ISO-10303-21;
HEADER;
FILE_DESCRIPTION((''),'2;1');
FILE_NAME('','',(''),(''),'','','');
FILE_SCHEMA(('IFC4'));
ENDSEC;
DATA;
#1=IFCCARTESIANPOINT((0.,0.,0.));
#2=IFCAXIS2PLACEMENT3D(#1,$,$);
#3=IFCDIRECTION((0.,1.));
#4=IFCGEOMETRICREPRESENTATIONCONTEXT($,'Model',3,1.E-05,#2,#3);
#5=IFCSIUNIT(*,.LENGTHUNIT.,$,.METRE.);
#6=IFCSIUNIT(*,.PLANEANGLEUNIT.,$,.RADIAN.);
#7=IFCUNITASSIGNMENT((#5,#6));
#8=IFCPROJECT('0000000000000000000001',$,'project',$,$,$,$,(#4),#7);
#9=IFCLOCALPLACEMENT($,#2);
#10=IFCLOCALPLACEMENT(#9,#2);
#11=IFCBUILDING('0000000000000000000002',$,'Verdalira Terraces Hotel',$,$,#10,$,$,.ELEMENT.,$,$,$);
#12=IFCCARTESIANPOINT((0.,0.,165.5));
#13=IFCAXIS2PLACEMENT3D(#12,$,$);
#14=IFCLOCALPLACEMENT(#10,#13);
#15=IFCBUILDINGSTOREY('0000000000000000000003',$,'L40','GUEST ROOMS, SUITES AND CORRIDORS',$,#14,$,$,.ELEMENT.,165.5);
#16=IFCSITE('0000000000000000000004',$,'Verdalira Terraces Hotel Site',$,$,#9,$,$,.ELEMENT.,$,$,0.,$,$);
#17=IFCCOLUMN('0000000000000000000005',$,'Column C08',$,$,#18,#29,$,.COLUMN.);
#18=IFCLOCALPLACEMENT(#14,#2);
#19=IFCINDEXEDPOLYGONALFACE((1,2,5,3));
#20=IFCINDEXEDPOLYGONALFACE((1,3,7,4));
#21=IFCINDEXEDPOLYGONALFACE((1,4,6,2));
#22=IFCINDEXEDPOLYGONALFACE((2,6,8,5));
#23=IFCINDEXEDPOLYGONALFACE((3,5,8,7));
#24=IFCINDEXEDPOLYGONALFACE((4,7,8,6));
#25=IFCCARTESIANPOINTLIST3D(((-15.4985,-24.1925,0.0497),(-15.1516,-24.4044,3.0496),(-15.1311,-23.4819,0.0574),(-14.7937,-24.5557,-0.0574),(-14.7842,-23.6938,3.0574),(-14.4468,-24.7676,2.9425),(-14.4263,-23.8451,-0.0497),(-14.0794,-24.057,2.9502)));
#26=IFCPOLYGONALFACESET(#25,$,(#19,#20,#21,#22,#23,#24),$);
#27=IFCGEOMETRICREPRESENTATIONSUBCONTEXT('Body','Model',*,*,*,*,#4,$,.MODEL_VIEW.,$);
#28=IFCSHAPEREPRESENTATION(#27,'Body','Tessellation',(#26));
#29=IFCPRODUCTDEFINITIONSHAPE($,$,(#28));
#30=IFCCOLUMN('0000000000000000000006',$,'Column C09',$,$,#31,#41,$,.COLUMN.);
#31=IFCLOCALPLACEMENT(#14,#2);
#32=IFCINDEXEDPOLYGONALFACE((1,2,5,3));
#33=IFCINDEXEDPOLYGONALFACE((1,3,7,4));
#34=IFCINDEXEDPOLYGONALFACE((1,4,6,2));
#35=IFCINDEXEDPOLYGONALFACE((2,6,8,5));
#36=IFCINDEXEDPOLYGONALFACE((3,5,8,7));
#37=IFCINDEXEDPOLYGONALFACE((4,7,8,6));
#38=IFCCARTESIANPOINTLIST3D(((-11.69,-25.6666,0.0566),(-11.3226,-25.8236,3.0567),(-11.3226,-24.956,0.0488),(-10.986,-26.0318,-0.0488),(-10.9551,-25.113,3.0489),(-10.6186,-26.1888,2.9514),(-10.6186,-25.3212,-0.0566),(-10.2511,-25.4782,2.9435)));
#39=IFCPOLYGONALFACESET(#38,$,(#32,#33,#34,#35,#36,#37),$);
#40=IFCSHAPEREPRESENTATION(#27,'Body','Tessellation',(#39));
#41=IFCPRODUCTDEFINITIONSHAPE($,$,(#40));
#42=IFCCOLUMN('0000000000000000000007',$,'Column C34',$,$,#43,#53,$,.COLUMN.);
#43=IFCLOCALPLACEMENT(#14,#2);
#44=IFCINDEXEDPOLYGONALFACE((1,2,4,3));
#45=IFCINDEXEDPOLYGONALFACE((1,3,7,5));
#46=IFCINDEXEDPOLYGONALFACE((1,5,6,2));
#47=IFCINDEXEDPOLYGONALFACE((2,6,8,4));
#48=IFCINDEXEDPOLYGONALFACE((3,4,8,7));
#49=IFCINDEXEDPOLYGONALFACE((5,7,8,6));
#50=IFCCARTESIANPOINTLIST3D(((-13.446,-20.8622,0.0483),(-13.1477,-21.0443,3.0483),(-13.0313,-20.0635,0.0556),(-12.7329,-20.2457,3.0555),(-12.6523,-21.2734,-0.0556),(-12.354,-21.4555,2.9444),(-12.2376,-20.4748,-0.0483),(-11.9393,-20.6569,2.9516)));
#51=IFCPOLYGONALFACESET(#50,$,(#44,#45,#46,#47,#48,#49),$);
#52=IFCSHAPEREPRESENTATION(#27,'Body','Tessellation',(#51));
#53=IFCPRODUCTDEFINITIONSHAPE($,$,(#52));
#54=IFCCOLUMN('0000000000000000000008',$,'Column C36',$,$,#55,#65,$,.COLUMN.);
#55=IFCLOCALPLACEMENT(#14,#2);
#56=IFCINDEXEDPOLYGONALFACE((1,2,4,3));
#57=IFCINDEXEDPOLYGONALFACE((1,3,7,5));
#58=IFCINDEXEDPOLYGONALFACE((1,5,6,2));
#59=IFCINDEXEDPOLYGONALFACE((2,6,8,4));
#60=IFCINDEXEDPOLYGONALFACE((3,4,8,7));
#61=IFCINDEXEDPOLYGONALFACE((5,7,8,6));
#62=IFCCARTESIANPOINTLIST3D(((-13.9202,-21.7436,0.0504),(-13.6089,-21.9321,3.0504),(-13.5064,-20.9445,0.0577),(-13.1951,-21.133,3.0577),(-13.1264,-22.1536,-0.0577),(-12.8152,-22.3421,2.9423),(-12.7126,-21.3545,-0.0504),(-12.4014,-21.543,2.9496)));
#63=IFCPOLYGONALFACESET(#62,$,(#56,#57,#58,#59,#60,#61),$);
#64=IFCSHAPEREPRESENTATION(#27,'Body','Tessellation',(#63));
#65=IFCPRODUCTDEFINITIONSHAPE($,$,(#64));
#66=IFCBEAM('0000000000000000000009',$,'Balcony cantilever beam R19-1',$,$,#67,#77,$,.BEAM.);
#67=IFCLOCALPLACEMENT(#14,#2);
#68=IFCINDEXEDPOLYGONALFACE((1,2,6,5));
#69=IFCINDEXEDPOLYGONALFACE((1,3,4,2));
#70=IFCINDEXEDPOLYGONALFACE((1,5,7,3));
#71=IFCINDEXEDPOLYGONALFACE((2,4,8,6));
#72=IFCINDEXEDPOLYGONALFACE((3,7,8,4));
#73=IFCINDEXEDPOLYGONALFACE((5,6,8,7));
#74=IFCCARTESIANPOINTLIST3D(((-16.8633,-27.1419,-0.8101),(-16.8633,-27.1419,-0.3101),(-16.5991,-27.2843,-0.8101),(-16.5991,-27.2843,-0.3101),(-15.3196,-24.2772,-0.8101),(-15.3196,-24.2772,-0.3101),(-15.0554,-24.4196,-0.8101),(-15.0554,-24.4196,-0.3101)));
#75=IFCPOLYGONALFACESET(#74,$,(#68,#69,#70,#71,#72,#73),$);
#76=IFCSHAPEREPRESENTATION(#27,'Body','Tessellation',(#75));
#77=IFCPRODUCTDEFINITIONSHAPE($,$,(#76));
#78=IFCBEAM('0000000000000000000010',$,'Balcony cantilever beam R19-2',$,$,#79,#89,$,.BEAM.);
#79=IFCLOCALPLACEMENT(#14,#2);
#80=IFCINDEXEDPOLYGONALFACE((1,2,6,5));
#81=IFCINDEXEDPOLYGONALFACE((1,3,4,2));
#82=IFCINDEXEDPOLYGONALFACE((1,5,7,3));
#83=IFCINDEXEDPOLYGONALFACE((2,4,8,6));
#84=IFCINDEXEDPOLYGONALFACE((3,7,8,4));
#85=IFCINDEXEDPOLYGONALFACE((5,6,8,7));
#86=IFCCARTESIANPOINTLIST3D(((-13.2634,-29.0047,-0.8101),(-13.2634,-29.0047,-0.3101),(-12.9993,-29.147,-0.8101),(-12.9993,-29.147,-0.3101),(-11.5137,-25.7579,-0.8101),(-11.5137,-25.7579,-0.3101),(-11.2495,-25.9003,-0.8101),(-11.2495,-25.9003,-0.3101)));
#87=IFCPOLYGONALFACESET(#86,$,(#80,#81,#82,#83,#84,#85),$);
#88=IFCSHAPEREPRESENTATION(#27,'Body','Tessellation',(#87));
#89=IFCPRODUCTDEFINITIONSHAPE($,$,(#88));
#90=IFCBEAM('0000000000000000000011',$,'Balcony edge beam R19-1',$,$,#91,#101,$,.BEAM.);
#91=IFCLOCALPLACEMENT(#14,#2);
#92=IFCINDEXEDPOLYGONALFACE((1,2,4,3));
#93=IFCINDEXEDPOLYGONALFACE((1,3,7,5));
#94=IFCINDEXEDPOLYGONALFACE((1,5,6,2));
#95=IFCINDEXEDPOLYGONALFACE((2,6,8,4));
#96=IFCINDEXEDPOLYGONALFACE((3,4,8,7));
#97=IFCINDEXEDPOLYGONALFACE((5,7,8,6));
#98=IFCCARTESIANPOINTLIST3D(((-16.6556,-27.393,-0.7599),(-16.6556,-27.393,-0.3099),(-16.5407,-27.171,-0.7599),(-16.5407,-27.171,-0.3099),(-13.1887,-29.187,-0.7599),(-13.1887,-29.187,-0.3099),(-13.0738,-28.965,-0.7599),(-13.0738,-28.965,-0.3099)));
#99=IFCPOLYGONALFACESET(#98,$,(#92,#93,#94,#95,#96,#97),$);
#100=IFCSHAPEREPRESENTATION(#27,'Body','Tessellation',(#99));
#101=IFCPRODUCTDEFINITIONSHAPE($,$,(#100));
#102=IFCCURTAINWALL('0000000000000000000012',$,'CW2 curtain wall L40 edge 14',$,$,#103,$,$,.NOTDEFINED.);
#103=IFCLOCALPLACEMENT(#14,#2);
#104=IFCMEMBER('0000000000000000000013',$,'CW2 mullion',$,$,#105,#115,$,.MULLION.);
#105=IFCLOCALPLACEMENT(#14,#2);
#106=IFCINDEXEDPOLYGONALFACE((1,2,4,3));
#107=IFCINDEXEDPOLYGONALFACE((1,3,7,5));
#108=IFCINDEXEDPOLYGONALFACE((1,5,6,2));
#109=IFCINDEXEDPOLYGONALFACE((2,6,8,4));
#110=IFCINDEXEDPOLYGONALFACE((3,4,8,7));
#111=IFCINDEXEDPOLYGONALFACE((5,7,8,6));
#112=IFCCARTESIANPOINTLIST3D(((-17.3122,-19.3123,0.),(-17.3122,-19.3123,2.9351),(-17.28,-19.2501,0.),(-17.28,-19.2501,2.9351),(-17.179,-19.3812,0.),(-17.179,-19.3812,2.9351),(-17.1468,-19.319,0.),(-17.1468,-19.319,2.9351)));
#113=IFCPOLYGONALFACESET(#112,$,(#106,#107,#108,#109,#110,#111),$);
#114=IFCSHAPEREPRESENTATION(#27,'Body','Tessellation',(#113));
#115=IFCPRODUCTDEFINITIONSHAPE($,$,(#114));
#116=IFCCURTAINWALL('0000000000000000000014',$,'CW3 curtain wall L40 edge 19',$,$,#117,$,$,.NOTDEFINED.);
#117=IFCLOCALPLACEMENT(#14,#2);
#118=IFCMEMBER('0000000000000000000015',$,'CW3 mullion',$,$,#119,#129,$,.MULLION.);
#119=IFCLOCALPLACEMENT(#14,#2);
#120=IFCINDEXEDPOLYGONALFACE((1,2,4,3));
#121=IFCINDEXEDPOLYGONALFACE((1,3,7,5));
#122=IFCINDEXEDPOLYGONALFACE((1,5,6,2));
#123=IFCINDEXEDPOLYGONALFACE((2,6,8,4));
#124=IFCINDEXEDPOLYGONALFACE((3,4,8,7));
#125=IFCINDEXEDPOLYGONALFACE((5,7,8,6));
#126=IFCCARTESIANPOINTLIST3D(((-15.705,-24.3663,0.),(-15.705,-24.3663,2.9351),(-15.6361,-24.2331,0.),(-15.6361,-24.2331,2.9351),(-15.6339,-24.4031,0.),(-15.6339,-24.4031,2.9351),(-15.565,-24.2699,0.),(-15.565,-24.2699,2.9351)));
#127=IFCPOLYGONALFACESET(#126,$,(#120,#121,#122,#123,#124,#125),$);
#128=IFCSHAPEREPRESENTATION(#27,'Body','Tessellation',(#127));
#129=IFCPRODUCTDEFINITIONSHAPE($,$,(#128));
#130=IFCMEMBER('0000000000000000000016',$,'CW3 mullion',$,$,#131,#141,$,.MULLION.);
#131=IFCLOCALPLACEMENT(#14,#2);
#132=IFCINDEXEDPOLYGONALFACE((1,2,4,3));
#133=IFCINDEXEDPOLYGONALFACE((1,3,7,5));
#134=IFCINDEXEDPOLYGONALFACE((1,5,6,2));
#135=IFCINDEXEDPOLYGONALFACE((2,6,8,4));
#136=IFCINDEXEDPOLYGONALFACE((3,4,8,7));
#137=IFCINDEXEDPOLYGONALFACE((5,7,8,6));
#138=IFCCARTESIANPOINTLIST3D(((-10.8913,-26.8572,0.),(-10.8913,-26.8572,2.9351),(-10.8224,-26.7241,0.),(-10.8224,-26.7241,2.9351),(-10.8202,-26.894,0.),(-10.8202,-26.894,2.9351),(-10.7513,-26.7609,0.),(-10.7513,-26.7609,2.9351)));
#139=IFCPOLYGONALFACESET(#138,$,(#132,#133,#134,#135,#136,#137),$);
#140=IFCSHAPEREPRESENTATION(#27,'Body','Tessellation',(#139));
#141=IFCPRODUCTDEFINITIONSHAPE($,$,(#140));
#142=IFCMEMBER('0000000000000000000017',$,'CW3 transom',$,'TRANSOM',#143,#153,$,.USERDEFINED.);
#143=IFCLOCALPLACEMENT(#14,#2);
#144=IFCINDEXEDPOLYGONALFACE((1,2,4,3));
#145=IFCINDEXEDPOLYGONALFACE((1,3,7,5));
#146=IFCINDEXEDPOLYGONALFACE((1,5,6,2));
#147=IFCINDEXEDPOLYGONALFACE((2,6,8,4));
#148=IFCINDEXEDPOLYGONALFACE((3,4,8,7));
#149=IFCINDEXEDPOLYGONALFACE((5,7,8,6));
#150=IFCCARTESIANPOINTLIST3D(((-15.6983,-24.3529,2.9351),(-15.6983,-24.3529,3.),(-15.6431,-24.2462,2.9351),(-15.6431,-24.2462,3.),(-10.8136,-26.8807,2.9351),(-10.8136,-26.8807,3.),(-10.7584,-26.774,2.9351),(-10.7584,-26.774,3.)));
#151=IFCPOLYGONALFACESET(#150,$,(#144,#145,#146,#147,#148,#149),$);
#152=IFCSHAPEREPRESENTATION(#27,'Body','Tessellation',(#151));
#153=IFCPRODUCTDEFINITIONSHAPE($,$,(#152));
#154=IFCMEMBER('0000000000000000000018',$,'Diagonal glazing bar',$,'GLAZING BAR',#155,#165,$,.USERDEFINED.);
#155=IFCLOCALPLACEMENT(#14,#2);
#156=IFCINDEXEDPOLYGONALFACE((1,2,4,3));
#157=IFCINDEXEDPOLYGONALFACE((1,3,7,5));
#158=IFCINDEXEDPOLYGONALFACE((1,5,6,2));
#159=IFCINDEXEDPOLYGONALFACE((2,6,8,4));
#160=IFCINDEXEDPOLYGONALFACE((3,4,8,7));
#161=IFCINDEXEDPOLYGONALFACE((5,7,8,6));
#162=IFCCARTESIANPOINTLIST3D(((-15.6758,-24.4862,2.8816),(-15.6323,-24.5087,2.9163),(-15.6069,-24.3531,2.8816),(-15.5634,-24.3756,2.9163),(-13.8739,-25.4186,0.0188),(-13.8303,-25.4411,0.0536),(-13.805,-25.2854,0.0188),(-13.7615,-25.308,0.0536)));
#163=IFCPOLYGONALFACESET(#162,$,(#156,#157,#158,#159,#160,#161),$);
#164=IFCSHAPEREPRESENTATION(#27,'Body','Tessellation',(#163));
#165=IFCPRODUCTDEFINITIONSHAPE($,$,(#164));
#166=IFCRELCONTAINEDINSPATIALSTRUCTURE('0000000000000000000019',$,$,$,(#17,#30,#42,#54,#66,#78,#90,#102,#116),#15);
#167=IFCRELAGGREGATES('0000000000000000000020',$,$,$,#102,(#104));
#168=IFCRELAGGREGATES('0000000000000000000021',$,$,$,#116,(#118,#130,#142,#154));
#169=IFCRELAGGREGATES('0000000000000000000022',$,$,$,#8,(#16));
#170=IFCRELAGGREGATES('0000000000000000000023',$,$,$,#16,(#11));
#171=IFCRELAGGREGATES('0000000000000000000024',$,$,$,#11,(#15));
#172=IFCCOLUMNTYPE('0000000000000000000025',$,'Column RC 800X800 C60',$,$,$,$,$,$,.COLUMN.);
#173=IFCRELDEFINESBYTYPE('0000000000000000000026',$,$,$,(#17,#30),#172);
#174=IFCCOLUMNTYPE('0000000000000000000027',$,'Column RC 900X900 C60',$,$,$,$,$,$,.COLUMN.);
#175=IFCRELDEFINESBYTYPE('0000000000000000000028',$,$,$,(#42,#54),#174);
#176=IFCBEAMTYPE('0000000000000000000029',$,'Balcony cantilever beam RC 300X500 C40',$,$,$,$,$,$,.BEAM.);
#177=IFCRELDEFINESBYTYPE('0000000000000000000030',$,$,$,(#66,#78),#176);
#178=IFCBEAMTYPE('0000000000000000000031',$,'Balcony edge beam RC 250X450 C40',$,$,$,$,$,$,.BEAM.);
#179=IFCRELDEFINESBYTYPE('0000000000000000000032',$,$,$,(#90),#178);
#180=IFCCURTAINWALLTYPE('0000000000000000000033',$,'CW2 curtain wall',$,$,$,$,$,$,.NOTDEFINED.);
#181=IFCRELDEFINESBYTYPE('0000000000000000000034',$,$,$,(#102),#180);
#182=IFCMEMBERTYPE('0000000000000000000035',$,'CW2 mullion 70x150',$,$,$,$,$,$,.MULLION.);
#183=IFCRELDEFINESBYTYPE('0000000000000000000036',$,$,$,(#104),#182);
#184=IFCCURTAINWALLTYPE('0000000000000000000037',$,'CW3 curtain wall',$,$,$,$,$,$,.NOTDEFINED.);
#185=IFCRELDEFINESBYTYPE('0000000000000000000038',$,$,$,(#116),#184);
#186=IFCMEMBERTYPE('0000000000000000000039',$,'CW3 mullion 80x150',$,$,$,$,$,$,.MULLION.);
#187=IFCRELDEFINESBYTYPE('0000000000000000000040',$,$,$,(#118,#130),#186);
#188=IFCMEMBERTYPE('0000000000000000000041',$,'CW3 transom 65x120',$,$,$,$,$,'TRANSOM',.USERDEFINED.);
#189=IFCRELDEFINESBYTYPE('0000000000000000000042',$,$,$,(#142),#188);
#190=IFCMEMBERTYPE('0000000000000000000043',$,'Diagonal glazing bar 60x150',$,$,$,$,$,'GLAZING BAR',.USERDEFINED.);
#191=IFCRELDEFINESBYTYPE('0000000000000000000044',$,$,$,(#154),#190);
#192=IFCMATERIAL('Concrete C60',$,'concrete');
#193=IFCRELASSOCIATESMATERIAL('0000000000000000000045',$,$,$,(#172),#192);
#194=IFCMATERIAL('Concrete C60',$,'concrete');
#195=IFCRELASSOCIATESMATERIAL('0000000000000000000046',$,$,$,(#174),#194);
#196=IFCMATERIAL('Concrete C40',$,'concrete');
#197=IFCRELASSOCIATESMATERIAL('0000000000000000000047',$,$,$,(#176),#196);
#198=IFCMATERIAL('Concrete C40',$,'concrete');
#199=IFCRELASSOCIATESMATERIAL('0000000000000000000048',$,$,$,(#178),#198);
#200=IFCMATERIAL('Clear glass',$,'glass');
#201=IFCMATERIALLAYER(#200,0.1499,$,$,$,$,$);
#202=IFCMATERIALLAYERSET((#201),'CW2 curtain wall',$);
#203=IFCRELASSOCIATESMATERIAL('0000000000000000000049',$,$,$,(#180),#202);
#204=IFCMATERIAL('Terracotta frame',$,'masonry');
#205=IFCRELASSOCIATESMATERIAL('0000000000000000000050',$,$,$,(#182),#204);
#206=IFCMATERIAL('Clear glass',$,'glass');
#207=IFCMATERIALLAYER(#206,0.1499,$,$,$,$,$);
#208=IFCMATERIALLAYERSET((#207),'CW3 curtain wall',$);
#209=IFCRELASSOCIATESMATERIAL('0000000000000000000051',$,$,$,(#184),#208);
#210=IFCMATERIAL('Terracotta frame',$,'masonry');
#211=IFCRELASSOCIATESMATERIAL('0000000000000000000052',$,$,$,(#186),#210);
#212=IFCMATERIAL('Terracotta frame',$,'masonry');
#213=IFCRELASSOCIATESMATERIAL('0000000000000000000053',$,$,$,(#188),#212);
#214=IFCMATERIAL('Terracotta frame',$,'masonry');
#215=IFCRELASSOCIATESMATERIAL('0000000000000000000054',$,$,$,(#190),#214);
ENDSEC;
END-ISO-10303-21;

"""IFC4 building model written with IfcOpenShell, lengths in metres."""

from ifc_helpers import new_model, si_unit, direction, frame, origin, origin_2d, place, context, subcontext, project, spatial, rectangle, extrude, material, layer, layer_set, material_profile, profile_set, type_object, element, aggregate, save


model = new_model("IFC4")

# Units and contexts
model_context = context("Model", 3, precision=1e-05, world=origin(), true_north=direction((0.0, 1.0)))
body_context = subcontext(model_context, "Body", "Model", "MODEL_VIEW")
ifc_project = project(units=[si_unit("LENGTHUNIT", "METRE"), si_unit("PLANEANGLEUNIT", "RADIAN")], contexts=[model_context])

# Site, building, storey
site_placement = place(None, origin())
site = spatial("IfcSite", under=ifc_project, at=site_placement, Name="Verdalira Terraces Hotel Site", CompositionType="ELEMENT", RefElevation=0.0)
building_placement = place(site_placement, origin())
building = spatial("IfcBuilding", under=site, at=building_placement, Name="Verdalira Terraces Hotel", CompositionType="ELEMENT")
storey_placement = place(building_placement, frame((0.0, 0.0, 165.5)))
storey = spatial("IfcBuildingStorey", under=building, at=storey_placement, Name="L40", Description="GUEST ROOMS, SUITES AND CORRIDORS", CompositionType="ELEMENT", Elevation=165.5)

# Columns
ifc_material_1 = material(Name="Concrete C60", Category="concrete")
ifc_material_profile_1 = material_profile(ifc_material_1, rectangle(XDim=0.8, YDim=0.8, at=origin_2d()), Name="RC 800X800")
ifc_profile_set_1 = profile_set([ifc_material_profile_1], Name="Concrete C60")
column_type_1 = type_object("IfcColumnType", Name="Column RC 800X800 C60", PredefinedType="COLUMN", material=ifc_profile_set_1)
column_1_placement = place(storey_placement, frame((-14.9624, -24.0188, 0.0), z_axis=(0.114594, -0.069998, 0.990943), x_axis=(0.880904, -0.453949, -0.133935)))
element("IfcColumn", 1, at=column_1_placement, inside=storey, type_object=column_type_1, Name="Column C08", PredefinedType="COLUMN", context=body_context, shape_type="SweptSolid", body=[
    extrude(rectangle(XDim=0.8, YDim=0.8, at=origin_2d()), origin(), (0.0, 0.0, 1.0), 3.0273),
])
column_2_placement = place(storey_placement, frame((-11.1543, -25.4939, 0.0), z_axis=(0.121405, -0.051869, 0.991247), x_axis=(0.879944, -0.45647, -0.131659)))
element("IfcColumn", 2, at=column_2_placement, inside=storey, type_object=column_type_1, Name="Column C09", PredefinedType="COLUMN", context=body_context, shape_type="SweptSolid", body=[
    extrude(rectangle(XDim=0.8, YDim=0.8, at=origin_2d()), origin(), (0.0, 0.0, 1.0), 3.0266),
])
ifc_material_2 = material(Name="Concrete C60", Category="concrete")
ifc_material_profile_2 = material_profile(ifc_material_2, rectangle(XDim=0.8999, YDim=0.8999, at=origin_2d()), Name="RC 900X900")
ifc_profile_set_2 = profile_set([ifc_material_profile_2], Name="Concrete C60")
column_type_2 = type_object("IfcColumnType", Name="Column RC 900X900 C60", PredefinedType="COLUMN", material=ifc_profile_set_2)
column_3_placement = place(storey_placement, frame((-12.8418, -20.6685, 0.0), z_axis=(0.098778, -0.060302, 0.993281), x_axis=(-0.460851, -0.887441, -0.008046)))
element("IfcColumn", 3, at=column_3_placement, inside=storey, type_object=column_type_2, Name="Column C34", PredefinedType="COLUMN", context=body_context, shape_type="SweptSolid", body=[
    extrude(rectangle(XDim=0.8999, YDim=0.8999, at=origin_2d()), origin(), (0.0, 0.0, 1.0), 3.0203),
])
column_4_placement = place(storey_placement, frame((-13.3164, -21.5491, 0.0), z_axis=(0.103005, -0.062368, 0.992724), x_axis=(-0.459817, -0.887977, -0.008077)))
element("IfcColumn", 4, at=column_4_placement, inside=storey, type_object=column_type_2, Name="Column C36", PredefinedType="COLUMN", context=body_context, shape_type="SweptSolid", body=[
    extrude(rectangle(XDim=0.8999, YDim=0.8999, at=origin_2d()), origin(), (0.0, 0.0, 1.0), 3.022),
])

# Beams
ifc_material_3 = material(Name="Concrete C40", Category="concrete")
ifc_material_profile_3 = material_profile(ifc_material_3, rectangle(XDim=0.3, YDim=0.5, at=origin_2d()), Name="RC 300X500")
ifc_profile_set_3 = profile_set([ifc_material_profile_3], Name="Concrete C40")
beam_type_1 = type_object("IfcBeamType", Name="Balcony cantilever beam RC 300X500 C40", PredefinedType="BEAM", material=ifc_profile_set_3)
beam_1_placement = place(storey_placement, frame((-15.1875, -24.3484, -0.5601), z_axis=(-0.474373, -0.880324, 0.0), x_axis=(0.880324, -0.474373, 0.0)))
element("IfcBeam", 5, at=beam_1_placement, inside=storey, type_object=beam_type_1, Name="Balcony cantilever beam R19-1", PredefinedType="BEAM", context=body_context, shape_type="SweptSolid", body=[
    extrude(rectangle(XDim=0.3, YDim=0.5, at=origin_2d()), origin(), (0.0, 0.0, 1.0), 3.2542),
])
beam_2_placement = place(storey_placement, frame((-11.3816, -25.8291, -0.5601), z_axis=(-0.474408, -0.880305, 0.0), x_axis=(0.880305, -0.474408, 0.0)))
element("IfcBeam", 6, at=beam_2_placement, inside=storey, type_object=beam_type_1, Name="Balcony cantilever beam R19-2", PredefinedType="BEAM", context=body_context, shape_type="SweptSolid", body=[
    extrude(rectangle(XDim=0.3, YDim=0.5, at=origin_2d()), origin(), (0.0, 0.0, 1.0), 3.6882),
])
ifc_material_4 = material(Name="Concrete C40", Category="concrete")
ifc_material_profile_4 = material_profile(ifc_material_4, rectangle(XDim=0.25, YDim=0.45, at=origin_2d()), Name="RC 250X450")
ifc_profile_set_4 = profile_set([ifc_material_profile_4], Name="Concrete C40")
beam_type_2 = type_object("IfcBeamType", Name="Balcony edge beam RC 250X450 C40", PredefinedType="BEAM", material=ifc_profile_set_4)
beam_3_placement = place(storey_placement, frame((-16.5981, -27.282, -0.5349), z_axis=(0.888137, -0.459579, 0.0), x_axis=(0.459579, 0.888137, 0.0)))
element("IfcBeam", 7, at=beam_3_placement, inside=storey, type_object=beam_type_2, Name="Balcony edge beam R19-1", PredefinedType="BEAM", context=body_context, shape_type="SweptSolid", body=[
    extrude(rectangle(XDim=0.25, YDim=0.45, at=origin_2d()), origin(), (0.0, 0.0, 1.0), 3.9036),
])

# Curtain wall, member
ifc_material_5 = material(Name="Clear glass", Category="glass")
ifc_layer_1 = layer(ifc_material_5, 0.1499)
ifc_layer_set_1 = layer_set([ifc_layer_1], Name="CW2 curtain wall")
curtain_wall_type_1 = type_object("IfcCurtainWallType", Name="CW2 curtain wall", PredefinedType="NOTDEFINED", material=ifc_layer_set_1)
curtain_wall_1_placement = place(storey_placement, origin())
curtain_wall_1 = element("IfcCurtainWall", 8, at=curtain_wall_1_placement, inside=storey, type_object=curtain_wall_type_1, Name="CW2 curtain wall L40 edge 14", PredefinedType="NOTDEFINED")
ifc_material_6 = material(Name="Terracotta frame", Category="masonry")
ifc_material_profile_5 = material_profile(ifc_material_6, rectangle(XDim=0.0701, YDim=0.1499, at=origin_2d()), Name="MU 70x150")
ifc_profile_set_5 = profile_set([ifc_material_profile_5], Name="Terracotta frame")
member_type_1 = type_object("IfcMemberType", Name="CW2 mullion 70x150", PredefinedType="MULLION", material=ifc_profile_set_5)
member_1_placement = place(storey_placement, frame((-17.2295, -19.3157, 0.0), z_axis=(0.0, 0.0, 1.0), x_axis=(-0.45958, -0.888136, 0.0)))
member_1 = element("IfcMember", 9, at=member_1_placement, type_object=member_type_1, Name="CW2 mullion", PredefinedType="MULLION", context=body_context, shape_type="SweptSolid", body=[
    extrude(rectangle(XDim=0.0701, YDim=0.1499, at=origin_2d()), origin(), (0.0, 0.0, 1.0), 2.9351),
])
aggregate(curtain_wall_1, [member_1])

# Curtain wall, members
ifc_material_7 = material(Name="Clear glass", Category="glass")
ifc_layer_2 = layer(ifc_material_7, 0.1499)
ifc_layer_set_2 = layer_set([ifc_layer_2], Name="CW3 curtain wall")
curtain_wall_type_2 = type_object("IfcCurtainWallType", Name="CW3 curtain wall", PredefinedType="NOTDEFINED", material=ifc_layer_set_2)
curtain_wall_2_placement = place(storey_placement, origin())
curtain_wall_2 = element("IfcCurtainWall", 10, at=curtain_wall_2_placement, inside=storey, type_object=curtain_wall_type_2, Name="CW3 curtain wall L40 edge 19", PredefinedType="NOTDEFINED")
ifc_material_8 = material(Name="Terracotta frame", Category="masonry")
ifc_material_profile_6 = material_profile(ifc_material_8, rectangle(XDim=0.0801, YDim=0.1499, at=origin_2d()), Name="MU 80x150")
ifc_profile_set_6 = profile_set([ifc_material_profile_6], Name="Terracotta frame")
member_type_2 = type_object("IfcMemberType", Name="CW3 mullion 80x150", PredefinedType="MULLION", material=ifc_profile_set_6)
member_2_placement = place(storey_placement, frame((-15.635, -24.3181, 0.0), z_axis=(0.0, 0.0, 1.0), x_axis=(0.888136, -0.45958, 0.0)))
member_2 = element("IfcMember", 11, at=member_2_placement, type_object=member_type_2, Name="CW3 mullion", PredefinedType="MULLION", context=body_context, shape_type="SweptSolid", body=[
    extrude(rectangle(XDim=0.0801, YDim=0.1499, at=origin_2d()), origin(), (0.0, 0.0, 1.0), 2.9351),
])
member_3_placement = place(storey_placement, frame((-10.8213, -26.8091, 0.0), z_axis=(0.0, 0.0, 1.0), x_axis=(0.888136, -0.45958, 0.0)))
member_3 = element("IfcMember", 12, at=member_3_placement, type_object=member_type_2, Name="CW3 mullion", PredefinedType="MULLION", context=body_context, shape_type="SweptSolid", body=[
    extrude(rectangle(XDim=0.0801, YDim=0.1499, at=origin_2d()), origin(), (0.0, 0.0, 1.0), 2.9351),
])
ifc_material_9 = material(Name="Terracotta frame", Category="masonry")
ifc_material_profile_7 = material_profile(ifc_material_9, rectangle(XDim=0.1201, YDim=0.0649, at=origin_2d()), Name="TR 65x120")
ifc_profile_set_7 = profile_set([ifc_material_profile_7], Name="Terracotta frame")
member_type_3 = type_object("IfcMemberType", Name="CW3 transom 65x120", ElementType="TRANSOM", PredefinedType="USERDEFINED", material=ifc_profile_set_7)
member_4_placement = place(storey_placement, frame((-15.6707, -24.2996, 2.9675), z_axis=(0.888126, -0.459599, 0.0), x_axis=(0.459599, 0.888126, 0.0)))
member_4 = element("IfcMember", 13, at=member_4_placement, type_object=member_type_3, Name="CW3 transom", ObjectType="TRANSOM", PredefinedType="USERDEFINED", context=body_context, shape_type="SweptSolid", body=[
    extrude(rectangle(XDim=0.1201, YDim=0.0649, at=origin_2d()), origin(), (0.0, 0.0, 1.0), 5.5),
])
ifc_material_10 = material(Name="Terracotta frame", Category="masonry")
ifc_material_profile_8 = material_profile(ifc_material_10, rectangle(XDim=0.1499, YDim=0.0601, at=origin_2d()), Name="GB 60x150")
ifc_profile_set_8 = profile_set([ifc_material_profile_8], Name="Terracotta frame")
member_type_4 = type_object("IfcMemberType", Name="Diagonal glazing bar 60x150", ElementType="GLAZING BAR", PredefinedType="USERDEFINED", material=ifc_profile_set_8)
member_5_placement = place(storey_placement, frame((-15.6196, -24.4309, 2.8989), z_axis=(0.513557, -0.265719, -0.815875), x_axis=(0.459541, 0.888157, 0.0)))
member_5 = element("IfcMember", 14, at=member_5_placement, type_object=member_type_4, Name="Diagonal glazing bar", ObjectType="GLAZING BAR", PredefinedType="USERDEFINED", context=body_context, shape_type="SweptSolid", body=[
    extrude(rectangle(XDim=0.1499, YDim=0.0601, at=origin_2d()), origin(), (0.0, 0.0, 1.0), 3.5088),
])

aggregate(curtain_wall_2, [member_2, member_3, member_4, member_5])

save(model, "model.ifc")
